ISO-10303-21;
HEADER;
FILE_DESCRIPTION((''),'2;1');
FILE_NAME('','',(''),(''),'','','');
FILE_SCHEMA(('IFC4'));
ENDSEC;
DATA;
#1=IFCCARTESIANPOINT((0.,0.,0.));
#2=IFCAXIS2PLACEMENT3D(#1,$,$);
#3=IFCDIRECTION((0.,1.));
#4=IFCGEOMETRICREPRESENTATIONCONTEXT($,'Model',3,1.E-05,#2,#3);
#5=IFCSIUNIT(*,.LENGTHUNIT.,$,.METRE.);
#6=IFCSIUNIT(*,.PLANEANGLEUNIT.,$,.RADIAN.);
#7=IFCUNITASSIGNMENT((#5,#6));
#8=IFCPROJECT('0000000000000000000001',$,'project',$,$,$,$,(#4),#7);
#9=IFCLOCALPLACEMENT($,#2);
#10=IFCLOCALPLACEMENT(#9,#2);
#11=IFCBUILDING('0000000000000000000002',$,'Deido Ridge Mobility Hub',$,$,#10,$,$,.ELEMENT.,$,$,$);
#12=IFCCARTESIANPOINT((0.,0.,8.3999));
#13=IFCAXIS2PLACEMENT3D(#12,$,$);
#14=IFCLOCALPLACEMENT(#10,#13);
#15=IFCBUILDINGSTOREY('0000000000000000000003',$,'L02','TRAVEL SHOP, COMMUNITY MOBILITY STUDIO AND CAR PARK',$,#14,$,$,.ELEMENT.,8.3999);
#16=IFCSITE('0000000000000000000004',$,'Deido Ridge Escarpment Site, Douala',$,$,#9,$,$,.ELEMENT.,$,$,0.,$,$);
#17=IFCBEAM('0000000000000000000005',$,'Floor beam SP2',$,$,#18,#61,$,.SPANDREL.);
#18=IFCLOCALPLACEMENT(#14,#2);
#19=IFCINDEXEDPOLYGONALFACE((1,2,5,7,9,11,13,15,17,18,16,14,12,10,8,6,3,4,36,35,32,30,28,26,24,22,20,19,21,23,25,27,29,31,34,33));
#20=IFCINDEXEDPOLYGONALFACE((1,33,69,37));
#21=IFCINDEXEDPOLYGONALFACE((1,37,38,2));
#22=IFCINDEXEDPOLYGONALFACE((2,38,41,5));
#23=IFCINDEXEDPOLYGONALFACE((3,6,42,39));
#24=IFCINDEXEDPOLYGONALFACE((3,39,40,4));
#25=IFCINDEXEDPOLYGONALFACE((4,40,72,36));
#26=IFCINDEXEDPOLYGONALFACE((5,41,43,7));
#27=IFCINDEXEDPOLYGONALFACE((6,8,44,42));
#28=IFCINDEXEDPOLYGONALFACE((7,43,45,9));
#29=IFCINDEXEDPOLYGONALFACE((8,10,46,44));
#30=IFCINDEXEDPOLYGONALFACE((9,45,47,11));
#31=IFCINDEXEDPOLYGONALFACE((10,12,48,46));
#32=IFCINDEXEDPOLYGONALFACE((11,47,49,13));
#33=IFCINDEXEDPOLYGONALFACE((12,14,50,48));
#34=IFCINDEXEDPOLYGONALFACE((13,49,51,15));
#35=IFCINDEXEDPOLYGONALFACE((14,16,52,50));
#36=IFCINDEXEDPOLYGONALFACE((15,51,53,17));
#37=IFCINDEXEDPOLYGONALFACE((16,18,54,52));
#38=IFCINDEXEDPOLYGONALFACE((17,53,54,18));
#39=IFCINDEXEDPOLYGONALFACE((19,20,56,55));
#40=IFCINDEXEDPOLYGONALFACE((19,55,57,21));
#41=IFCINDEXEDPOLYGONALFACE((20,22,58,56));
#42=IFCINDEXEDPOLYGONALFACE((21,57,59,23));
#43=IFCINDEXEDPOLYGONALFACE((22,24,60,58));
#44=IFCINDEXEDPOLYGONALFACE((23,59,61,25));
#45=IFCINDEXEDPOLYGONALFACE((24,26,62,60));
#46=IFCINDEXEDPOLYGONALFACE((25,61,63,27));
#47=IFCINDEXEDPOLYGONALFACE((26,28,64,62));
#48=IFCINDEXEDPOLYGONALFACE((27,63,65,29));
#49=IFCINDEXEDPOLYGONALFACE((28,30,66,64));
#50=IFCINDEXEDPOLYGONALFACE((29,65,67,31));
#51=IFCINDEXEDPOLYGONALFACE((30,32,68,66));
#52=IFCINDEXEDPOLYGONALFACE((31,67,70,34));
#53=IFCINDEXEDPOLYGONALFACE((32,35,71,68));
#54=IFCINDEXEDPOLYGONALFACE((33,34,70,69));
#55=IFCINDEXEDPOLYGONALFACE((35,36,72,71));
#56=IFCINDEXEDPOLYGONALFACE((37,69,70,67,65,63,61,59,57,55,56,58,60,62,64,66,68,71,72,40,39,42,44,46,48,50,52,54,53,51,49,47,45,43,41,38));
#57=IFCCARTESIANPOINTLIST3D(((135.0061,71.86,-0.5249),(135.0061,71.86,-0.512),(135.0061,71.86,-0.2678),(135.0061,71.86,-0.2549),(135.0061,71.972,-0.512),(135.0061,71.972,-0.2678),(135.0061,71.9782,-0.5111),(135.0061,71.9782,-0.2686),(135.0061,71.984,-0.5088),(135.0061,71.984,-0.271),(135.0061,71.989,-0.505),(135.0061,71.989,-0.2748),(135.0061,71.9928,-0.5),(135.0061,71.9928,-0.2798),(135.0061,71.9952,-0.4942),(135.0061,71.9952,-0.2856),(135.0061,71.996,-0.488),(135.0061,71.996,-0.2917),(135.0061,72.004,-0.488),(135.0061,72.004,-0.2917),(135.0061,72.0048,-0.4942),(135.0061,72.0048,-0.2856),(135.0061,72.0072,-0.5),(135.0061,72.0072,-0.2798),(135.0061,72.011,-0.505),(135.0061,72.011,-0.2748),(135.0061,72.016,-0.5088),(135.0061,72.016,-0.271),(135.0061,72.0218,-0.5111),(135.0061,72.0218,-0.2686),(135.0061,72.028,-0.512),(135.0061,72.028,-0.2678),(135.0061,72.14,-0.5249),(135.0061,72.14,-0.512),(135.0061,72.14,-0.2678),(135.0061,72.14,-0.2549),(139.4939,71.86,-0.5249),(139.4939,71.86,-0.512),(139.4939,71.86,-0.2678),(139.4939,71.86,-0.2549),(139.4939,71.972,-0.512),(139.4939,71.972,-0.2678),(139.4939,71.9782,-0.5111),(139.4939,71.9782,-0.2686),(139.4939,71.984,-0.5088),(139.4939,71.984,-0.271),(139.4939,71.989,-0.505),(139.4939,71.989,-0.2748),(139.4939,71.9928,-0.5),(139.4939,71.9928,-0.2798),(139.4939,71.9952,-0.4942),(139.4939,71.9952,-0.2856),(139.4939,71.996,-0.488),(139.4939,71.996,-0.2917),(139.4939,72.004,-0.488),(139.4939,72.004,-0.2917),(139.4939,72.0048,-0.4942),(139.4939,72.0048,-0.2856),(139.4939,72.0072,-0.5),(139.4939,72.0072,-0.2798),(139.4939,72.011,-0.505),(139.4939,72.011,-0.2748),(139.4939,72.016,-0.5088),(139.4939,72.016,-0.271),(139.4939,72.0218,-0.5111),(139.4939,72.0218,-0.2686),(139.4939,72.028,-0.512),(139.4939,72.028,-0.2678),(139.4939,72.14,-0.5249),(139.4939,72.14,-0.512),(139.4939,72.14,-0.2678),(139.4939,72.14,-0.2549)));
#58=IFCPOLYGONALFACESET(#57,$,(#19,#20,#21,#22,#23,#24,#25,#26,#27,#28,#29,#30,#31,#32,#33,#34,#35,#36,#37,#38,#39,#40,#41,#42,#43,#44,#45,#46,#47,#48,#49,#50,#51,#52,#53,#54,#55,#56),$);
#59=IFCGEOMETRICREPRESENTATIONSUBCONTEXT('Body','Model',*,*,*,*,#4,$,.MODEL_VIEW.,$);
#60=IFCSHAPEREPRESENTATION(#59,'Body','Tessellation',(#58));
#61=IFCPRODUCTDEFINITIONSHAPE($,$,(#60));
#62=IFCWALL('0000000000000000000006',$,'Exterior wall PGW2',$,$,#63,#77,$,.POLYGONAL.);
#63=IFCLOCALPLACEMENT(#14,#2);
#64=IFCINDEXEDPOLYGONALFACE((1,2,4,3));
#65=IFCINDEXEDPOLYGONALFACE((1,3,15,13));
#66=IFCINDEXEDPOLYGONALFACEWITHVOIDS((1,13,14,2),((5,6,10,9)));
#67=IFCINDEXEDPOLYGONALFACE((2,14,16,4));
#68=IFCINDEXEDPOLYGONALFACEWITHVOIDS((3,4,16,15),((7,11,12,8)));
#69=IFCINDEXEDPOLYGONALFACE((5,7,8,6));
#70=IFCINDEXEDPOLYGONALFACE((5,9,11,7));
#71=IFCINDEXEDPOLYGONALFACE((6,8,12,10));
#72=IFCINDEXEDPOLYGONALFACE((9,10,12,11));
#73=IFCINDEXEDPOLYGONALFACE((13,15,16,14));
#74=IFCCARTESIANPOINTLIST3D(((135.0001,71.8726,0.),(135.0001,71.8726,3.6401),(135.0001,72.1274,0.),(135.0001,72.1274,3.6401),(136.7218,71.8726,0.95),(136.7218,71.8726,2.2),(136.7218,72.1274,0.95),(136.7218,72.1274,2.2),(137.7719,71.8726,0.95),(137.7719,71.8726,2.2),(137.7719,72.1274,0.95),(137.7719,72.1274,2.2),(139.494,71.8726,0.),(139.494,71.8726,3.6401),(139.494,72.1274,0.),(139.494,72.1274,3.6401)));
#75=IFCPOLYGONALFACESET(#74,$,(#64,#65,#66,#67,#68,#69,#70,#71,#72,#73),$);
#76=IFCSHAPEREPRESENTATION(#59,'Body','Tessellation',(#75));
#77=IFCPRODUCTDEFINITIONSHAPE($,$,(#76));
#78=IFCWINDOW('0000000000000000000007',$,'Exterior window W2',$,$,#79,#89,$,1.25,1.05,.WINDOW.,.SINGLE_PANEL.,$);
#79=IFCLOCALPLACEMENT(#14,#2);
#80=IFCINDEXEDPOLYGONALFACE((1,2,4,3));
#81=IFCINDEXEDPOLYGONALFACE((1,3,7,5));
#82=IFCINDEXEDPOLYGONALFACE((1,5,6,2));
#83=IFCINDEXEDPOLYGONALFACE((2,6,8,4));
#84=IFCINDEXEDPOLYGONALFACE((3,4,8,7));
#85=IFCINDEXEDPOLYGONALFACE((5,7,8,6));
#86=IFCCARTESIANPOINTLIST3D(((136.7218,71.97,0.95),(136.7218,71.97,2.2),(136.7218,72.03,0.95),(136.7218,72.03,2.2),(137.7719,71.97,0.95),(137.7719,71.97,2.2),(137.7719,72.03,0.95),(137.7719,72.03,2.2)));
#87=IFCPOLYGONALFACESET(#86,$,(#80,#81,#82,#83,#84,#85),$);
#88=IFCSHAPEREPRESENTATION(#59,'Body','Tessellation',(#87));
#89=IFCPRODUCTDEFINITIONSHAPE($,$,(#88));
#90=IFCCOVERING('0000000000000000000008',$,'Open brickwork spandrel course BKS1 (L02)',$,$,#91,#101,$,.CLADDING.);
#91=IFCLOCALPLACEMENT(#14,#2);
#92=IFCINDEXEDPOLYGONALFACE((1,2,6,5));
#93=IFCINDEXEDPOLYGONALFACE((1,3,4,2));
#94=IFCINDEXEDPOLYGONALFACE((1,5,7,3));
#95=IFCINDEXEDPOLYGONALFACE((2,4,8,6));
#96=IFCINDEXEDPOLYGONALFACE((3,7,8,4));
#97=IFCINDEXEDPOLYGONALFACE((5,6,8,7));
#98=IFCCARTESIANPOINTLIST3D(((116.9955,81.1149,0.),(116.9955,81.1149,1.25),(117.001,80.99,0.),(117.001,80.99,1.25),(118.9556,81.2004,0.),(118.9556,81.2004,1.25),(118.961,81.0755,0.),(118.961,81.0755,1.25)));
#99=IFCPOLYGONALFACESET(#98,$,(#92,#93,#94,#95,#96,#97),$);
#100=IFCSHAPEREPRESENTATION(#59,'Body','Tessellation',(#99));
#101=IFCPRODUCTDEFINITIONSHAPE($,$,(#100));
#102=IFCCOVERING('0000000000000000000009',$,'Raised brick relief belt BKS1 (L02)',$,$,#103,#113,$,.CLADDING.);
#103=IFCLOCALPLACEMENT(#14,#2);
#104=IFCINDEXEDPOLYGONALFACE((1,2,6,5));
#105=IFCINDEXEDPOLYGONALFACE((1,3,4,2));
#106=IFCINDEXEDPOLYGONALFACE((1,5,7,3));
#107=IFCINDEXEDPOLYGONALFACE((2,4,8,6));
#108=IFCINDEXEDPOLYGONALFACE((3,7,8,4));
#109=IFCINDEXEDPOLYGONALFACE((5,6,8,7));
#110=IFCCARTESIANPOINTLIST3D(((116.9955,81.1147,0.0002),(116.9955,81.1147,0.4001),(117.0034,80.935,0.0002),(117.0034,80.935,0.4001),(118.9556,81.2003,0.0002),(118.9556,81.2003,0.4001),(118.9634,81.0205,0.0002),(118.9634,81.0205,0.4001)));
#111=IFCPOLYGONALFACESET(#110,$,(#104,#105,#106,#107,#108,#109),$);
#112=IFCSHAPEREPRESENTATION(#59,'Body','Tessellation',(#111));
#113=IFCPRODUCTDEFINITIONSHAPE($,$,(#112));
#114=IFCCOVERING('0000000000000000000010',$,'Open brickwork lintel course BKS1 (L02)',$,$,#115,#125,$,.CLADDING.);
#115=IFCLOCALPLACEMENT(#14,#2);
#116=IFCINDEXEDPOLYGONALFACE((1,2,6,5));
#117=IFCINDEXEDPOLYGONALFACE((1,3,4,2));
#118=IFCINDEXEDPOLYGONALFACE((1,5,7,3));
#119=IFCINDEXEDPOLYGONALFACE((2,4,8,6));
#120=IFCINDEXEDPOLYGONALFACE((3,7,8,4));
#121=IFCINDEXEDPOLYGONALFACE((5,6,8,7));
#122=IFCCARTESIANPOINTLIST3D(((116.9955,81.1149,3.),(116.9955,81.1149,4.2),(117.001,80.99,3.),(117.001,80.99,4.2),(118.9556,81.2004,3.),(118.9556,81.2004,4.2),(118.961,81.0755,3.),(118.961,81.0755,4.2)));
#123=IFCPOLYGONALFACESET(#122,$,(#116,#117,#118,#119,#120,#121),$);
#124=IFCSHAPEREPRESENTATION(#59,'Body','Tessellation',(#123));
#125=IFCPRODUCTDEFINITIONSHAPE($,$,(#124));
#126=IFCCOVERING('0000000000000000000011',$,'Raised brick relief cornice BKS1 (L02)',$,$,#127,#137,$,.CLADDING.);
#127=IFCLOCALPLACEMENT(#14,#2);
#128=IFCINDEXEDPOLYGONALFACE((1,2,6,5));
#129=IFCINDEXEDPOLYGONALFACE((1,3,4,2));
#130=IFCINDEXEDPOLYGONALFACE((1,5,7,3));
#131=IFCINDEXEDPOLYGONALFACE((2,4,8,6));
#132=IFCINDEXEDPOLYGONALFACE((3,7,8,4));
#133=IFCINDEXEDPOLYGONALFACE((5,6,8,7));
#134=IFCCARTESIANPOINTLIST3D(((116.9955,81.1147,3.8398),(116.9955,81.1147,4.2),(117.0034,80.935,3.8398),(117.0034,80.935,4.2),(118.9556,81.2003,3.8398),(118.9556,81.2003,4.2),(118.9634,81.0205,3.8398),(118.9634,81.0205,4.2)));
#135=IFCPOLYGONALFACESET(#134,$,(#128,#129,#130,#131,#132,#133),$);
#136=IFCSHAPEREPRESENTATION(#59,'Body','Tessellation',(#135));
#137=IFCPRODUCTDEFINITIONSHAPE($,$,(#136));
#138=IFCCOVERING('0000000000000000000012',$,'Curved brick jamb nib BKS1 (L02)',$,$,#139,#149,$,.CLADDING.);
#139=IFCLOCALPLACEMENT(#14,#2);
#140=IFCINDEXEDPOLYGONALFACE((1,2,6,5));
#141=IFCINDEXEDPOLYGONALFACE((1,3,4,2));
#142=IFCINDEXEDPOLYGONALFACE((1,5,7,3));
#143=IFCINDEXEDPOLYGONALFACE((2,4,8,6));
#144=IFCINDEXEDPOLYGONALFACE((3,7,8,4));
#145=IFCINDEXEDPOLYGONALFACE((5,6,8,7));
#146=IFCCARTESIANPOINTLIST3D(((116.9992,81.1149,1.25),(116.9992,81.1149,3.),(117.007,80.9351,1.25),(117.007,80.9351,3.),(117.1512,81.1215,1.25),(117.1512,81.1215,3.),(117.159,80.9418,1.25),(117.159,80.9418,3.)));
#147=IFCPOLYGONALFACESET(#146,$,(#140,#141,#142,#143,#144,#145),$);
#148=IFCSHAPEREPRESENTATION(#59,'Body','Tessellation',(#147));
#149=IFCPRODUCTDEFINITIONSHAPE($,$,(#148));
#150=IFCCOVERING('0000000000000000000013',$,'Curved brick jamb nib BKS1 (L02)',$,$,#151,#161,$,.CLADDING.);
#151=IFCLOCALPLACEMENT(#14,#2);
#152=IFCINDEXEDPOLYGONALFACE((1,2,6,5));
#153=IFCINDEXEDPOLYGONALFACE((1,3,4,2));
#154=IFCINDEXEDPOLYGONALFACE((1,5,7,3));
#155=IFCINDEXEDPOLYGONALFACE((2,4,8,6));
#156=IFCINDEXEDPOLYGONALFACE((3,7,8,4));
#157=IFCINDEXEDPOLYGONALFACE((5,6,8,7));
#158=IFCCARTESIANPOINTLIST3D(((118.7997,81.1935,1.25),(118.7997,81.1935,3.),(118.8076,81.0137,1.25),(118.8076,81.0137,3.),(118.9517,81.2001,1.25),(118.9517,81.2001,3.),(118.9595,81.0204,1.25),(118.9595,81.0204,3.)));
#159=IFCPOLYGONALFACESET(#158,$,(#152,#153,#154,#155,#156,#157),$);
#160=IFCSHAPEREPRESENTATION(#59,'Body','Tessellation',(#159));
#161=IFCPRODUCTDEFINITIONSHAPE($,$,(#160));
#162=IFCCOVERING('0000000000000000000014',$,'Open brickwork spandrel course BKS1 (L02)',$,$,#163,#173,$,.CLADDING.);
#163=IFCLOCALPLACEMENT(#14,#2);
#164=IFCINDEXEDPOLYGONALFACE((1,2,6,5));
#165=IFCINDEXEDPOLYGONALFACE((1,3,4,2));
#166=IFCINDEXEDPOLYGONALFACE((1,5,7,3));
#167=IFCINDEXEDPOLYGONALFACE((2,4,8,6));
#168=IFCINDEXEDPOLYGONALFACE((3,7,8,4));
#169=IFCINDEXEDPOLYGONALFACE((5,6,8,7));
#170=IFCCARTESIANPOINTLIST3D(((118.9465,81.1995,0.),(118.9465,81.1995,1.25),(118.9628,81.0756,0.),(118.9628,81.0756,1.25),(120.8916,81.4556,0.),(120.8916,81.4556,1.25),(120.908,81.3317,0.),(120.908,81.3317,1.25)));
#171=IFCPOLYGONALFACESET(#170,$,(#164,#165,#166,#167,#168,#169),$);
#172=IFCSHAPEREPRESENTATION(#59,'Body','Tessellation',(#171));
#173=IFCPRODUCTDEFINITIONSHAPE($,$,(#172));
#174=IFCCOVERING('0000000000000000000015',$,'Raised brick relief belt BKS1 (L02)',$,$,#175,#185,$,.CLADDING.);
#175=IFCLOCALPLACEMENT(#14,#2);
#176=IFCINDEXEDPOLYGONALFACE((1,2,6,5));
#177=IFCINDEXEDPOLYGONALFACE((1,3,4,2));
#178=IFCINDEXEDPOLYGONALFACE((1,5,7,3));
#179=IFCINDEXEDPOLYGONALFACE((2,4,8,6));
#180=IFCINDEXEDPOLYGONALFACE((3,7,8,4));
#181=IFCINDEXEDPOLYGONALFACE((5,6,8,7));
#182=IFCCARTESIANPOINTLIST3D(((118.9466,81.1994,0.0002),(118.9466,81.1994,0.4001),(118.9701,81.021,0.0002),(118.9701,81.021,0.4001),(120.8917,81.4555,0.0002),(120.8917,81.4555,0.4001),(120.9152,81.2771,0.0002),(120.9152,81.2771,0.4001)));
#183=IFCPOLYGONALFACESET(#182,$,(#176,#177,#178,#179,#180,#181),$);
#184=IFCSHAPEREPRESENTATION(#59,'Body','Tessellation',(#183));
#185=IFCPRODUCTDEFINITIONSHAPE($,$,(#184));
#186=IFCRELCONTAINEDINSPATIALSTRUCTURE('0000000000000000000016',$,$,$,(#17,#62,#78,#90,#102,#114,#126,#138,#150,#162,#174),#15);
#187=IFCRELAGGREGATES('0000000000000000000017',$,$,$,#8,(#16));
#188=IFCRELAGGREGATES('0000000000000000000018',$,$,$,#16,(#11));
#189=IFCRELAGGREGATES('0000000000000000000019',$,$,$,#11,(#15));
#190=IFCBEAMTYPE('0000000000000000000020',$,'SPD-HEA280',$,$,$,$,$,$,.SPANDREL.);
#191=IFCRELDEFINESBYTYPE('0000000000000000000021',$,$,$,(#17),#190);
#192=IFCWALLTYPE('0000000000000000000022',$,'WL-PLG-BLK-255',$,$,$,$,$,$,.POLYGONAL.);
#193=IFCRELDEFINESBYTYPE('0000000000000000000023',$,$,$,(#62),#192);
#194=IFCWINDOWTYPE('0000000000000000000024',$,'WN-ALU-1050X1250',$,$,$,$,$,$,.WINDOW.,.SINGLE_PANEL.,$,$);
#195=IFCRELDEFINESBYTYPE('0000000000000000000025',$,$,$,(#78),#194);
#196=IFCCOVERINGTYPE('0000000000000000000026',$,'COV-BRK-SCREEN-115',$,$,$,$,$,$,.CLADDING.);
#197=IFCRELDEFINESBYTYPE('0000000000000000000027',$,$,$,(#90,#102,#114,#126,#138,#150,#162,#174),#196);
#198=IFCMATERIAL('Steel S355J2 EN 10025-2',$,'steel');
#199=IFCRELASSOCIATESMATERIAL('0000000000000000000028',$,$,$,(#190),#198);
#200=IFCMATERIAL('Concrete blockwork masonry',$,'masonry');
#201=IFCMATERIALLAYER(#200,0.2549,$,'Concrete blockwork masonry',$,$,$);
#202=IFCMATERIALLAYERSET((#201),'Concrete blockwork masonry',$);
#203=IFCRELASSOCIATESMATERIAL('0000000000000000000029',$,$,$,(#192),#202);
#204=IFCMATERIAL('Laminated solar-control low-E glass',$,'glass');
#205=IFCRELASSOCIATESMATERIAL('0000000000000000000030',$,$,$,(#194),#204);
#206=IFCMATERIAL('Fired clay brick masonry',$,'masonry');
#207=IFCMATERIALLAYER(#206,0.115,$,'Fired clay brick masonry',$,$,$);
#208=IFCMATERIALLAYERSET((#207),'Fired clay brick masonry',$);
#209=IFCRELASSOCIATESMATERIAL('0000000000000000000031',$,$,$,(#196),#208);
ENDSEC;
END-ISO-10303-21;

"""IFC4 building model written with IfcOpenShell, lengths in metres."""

from ifc_helpers import new_model, si_unit, direction, frame, frame_2d, origin, origin_2d, place, context, subcontext, project, spatial, rectangle, i_section, extrude, material, layer, layer_set, material_profile, profile_set, type_object, element, fill, save


model = new_model("IFC4")

# Units and contexts
model_context = context("Model", 3, precision=1e-05, world=origin(), true_north=direction((0.0, 1.0)))
body_context = subcontext(model_context, "Body", "Model", "MODEL_VIEW")
ifc_project = project(units=[si_unit("LENGTHUNIT", "METRE"), si_unit("PLANEANGLEUNIT", "RADIAN")], contexts=[model_context])

# Site, building, storey
site_placement = place(None, origin())
site = spatial("IfcSite", under=ifc_project, at=site_placement, Name="Deido Ridge Escarpment Site, Douala", CompositionType="ELEMENT", RefElevation=0.0)
building_placement = place(site_placement, origin())
building = spatial("IfcBuilding", under=site, at=building_placement, Name="Deido Ridge Mobility Hub", CompositionType="ELEMENT")
storey_placement = place(building_placement, frame((0.0, 0.0, 8.3999)))
storey = spatial("IfcBuildingStorey", under=building, at=storey_placement, Name="L02", Description="TRAVEL SHOP, COMMUNITY MOBILITY STUDIO AND CAR PARK", CompositionType="ELEMENT", Elevation=8.3999)

# Beam
ifc_material_1 = material(Name="Steel S355J2 EN 10025-2", Category="steel")
ifc_material_profile = material_profile(ifc_material_1, i_section(OverallWidth=0.28, OverallDepth=0.27, WebThickness=0.0081, FlangeThickness=0.0129, FilletRadius=0.0239, at=origin_2d()), Name="HEA 280")
ifc_profile_set = profile_set([ifc_material_profile], Name="Steel S355J2 EN 10025-2")
beam_type = type_object("IfcBeamType", Name="SPD-HEA280", PredefinedType="SPANDREL", material=ifc_profile_set)
beam_placement = place(storey_placement, frame((135.0061, 72.0, -0.3899), z_axis=(1.0, 0.0, 0.0), x_axis=(0.0, 1.0, 0.0)))
element("IfcBeam", 1, at=beam_placement, inside=storey, type_object=beam_type, Name="Floor beam SP2", PredefinedType="SPANDREL", context=body_context, shape_type="SweptSolid", body=[
    extrude(i_section(OverallWidth=0.28, OverallDepth=0.27, WebThickness=0.0081, FlangeThickness=0.0129, FilletRadius=0.0239, at=origin_2d()), origin(), (0.0, 0.0, 1.0), 4.4878),
])

# Wall, opening, window
ifc_material_2 = material(Name="Concrete blockwork masonry", Category="masonry")
ifc_layer_1 = layer(ifc_material_2, 0.2549, Name="Concrete blockwork masonry")
ifc_layer_set_1 = layer_set([ifc_layer_1], Name="Concrete blockwork masonry")
wall_type = type_object("IfcWallType", Name="WL-PLG-BLK-255", PredefinedType="POLYGONAL", material=ifc_layer_set_1)
wall_placement = place(storey_placement, frame((135.0, 72.0, 0.0), z_axis=(0.0, 0.0, 1.0), x_axis=(1.0, 0.0, 0.0)))
wall = element("IfcWall", 2, at=wall_placement, inside=storey, type_object=wall_type, Name="Exterior wall PGW2", PredefinedType="POLYGONAL", context=body_context, shape_type="SweptSolid", body=[
    extrude(rectangle(XDim=4.4939, YDim=0.2549, at=frame_2d((2.2471, 0.0))), origin(), (0.0, 0.0, 1.0), 3.6401),
])
opening_placement = place(wall_placement, frame((1.7219, 0.0, 0.95)))
opening = element("IfcOpeningElement", 3, at=opening_placement, cuts=wall, PredefinedType="OPENING", context=body_context, shape_type="SweptSolid", body=[
    extrude(rectangle(XDim=1.05, YDim=1.25, at=frame_2d((0.5249, 0.625))), frame((0.0, 0.1375, 0.0), z_axis=(0.0, -1.0, 0.0), x_axis=(1.0, 0.0, 0.0)), (0.0, 0.0, 1.0), 0.2749),
])
ifc_material_3 = material(Name="Laminated solar-control low-E glass", Category="glass")
window_type = type_object("IfcWindowType", Name="WN-ALU-1050X1250", PartitioningType="SINGLE_PANEL", PredefinedType="WINDOW", material=ifc_material_3)
window_placement = place(opening_placement, origin())
window = element("IfcWindow", 4, at=window_placement, inside=storey, type_object=window_type, Name="Exterior window W2", OverallHeight=1.25, OverallWidth=1.05, PartitioningType="SINGLE_PANEL", PredefinedType="WINDOW", context=body_context, shape_type="SweptSolid", body=[
    extrude(rectangle(XDim=1.05, YDim=1.25, at=frame_2d((0.5249, 0.625))), frame((0.0, 0.03, 0.0), z_axis=(0.0, -1.0, 0.0), x_axis=(1.0, 0.0, 0.0)), (0.0, 0.0, 1.0), 0.0601),
])
fill(opening, window)

# Coverings
ifc_material_4 = material(Name="Fired clay brick masonry", Category="masonry")
ifc_layer_2 = layer(ifc_material_4, 0.115, Name="Fired clay brick masonry")
ifc_layer_set_2 = layer_set([ifc_layer_2], Name="Fired clay brick masonry")
covering_type = type_object("IfcCoveringType", Name="COV-BRK-SCREEN-115", PredefinedType="CLADDING", material=ifc_layer_set_2)
covering_1_placement = place(storey_placement, frame((117.9783, 81.0952, 0.0), z_axis=(0.0, 0.0, 1.0), x_axis=(0.999049, 0.043602, 0.0)))
element("IfcCovering", 5, at=covering_1_placement, inside=storey, type_object=covering_type, Name="Open brickwork spandrel course BKS1 (L02)", PredefinedType="CLADDING", context=body_context, shape_type="SweptSolid", body=[
    extrude(rectangle(XDim=1.9619, YDim=0.125, at=origin_2d()), origin(), (0.0, 0.0, 1.0), 1.25),
])
covering_2_placement = place(storey_placement, frame((117.9795, 81.0676, 0.0002), z_axis=(0.0, 0.0, 1.0), x_axis=(0.999049, 0.043602, 0.0)))
element("IfcCovering", 6, at=covering_2_placement, inside=storey, type_object=covering_type, Name="Raised brick relief belt BKS1 (L02)", PredefinedType="CLADDING", context=body_context, shape_type="SweptSolid", body=[
    extrude(rectangle(XDim=1.9619, YDim=0.1799, at=origin_2d()), origin(), (0.0, 0.0, 1.0), 0.3999),
])
covering_3_placement = place(storey_placement, frame((117.9783, 81.0952, 3.0), z_axis=(0.0, 0.0, 1.0), x_axis=(0.999049, 0.043602, 0.0)))
element("IfcCovering", 7, at=covering_3_placement, inside=storey, type_object=covering_type, Name="Open brickwork lintel course BKS1 (L02)", PredefinedType="CLADDING", context=body_context, shape_type="SweptSolid", body=[
    extrude(rectangle(XDim=1.9619, YDim=0.125, at=origin_2d()), origin(), (0.0, 0.0, 1.0), 1.2),
])
covering_4_placement = place(storey_placement, frame((117.9795, 81.0676, 3.8398), z_axis=(0.0, 0.0, 1.0), x_axis=(0.999049, 0.043602, 0.0)))
element("IfcCovering", 8, at=covering_4_placement, inside=storey, type_object=covering_type, Name="Raised brick relief cornice BKS1 (L02)", PredefinedType="CLADDING", context=body_context, shape_type="SweptSolid", body=[
    extrude(rectangle(XDim=1.9619, YDim=0.1799, at=origin_2d()), origin(), (0.0, 0.0, 1.0), 0.3601),
])
for number, where, z_axis, x_axis, name in (
    (9, (117.0791, 81.0283, 1.25), (0.0, 0.0, 1.0), (0.999049, 0.043602, 0.0), "Curved brick jamb nib BKS1 (L02)"),
    (10, (118.8796, 81.1069, 1.25), (0.0, 0.0, 1.0), (0.999049, 0.043602, 0.0), "Curved brick jamb nib BKS1 (L02)"),
):
    element("IfcCovering", number, at=place(storey_placement, frame(where, z_axis=z_axis, x_axis=x_axis)), inside=storey, type_object=covering_type, Name=name, PredefinedType="CLADDING", context=body_context, shape_type="SweptSolid", body=[
        extrude(rectangle(XDim=0.1521, YDim=0.1799, at=origin_2d()), origin(), (0.0, 0.0, 1.0), 1.75),
    ])
covering_5_placement = place(storey_placement, frame((119.9272, 81.2656, 0.0), z_axis=(0.0, 0.0, 1.0), x_axis=(0.991443, 0.130543, 0.0)))
element("IfcCovering", 11, at=covering_5_placement, inside=storey, type_object=covering_type, Name="Open brickwork spandrel course BKS1 (L02)", PredefinedType="CLADDING", context=body_context, shape_type="SweptSolid", body=[
    extrude(rectangle(XDim=1.9619, YDim=0.125, at=origin_2d()), origin(), (0.0, 0.0, 1.0), 1.25),
])
covering_6_placement = place(storey_placement, frame((119.9309, 81.2383, 0.0002), z_axis=(0.0, 0.0, 1.0), x_axis=(0.991443, 0.130543, 0.0)))
element("IfcCovering", 12, at=covering_6_placement, inside=storey, type_object=covering_type, Name="Raised brick relief belt BKS1 (L02)", PredefinedType="CLADDING", context=body_context, shape_type="SweptSolid", body=[
    extrude(rectangle(XDim=1.9619, YDim=0.1799, at=origin_2d()), origin(), (0.0, 0.0, 1.0), 0.3999),
])

save(model, "model.ifc")
